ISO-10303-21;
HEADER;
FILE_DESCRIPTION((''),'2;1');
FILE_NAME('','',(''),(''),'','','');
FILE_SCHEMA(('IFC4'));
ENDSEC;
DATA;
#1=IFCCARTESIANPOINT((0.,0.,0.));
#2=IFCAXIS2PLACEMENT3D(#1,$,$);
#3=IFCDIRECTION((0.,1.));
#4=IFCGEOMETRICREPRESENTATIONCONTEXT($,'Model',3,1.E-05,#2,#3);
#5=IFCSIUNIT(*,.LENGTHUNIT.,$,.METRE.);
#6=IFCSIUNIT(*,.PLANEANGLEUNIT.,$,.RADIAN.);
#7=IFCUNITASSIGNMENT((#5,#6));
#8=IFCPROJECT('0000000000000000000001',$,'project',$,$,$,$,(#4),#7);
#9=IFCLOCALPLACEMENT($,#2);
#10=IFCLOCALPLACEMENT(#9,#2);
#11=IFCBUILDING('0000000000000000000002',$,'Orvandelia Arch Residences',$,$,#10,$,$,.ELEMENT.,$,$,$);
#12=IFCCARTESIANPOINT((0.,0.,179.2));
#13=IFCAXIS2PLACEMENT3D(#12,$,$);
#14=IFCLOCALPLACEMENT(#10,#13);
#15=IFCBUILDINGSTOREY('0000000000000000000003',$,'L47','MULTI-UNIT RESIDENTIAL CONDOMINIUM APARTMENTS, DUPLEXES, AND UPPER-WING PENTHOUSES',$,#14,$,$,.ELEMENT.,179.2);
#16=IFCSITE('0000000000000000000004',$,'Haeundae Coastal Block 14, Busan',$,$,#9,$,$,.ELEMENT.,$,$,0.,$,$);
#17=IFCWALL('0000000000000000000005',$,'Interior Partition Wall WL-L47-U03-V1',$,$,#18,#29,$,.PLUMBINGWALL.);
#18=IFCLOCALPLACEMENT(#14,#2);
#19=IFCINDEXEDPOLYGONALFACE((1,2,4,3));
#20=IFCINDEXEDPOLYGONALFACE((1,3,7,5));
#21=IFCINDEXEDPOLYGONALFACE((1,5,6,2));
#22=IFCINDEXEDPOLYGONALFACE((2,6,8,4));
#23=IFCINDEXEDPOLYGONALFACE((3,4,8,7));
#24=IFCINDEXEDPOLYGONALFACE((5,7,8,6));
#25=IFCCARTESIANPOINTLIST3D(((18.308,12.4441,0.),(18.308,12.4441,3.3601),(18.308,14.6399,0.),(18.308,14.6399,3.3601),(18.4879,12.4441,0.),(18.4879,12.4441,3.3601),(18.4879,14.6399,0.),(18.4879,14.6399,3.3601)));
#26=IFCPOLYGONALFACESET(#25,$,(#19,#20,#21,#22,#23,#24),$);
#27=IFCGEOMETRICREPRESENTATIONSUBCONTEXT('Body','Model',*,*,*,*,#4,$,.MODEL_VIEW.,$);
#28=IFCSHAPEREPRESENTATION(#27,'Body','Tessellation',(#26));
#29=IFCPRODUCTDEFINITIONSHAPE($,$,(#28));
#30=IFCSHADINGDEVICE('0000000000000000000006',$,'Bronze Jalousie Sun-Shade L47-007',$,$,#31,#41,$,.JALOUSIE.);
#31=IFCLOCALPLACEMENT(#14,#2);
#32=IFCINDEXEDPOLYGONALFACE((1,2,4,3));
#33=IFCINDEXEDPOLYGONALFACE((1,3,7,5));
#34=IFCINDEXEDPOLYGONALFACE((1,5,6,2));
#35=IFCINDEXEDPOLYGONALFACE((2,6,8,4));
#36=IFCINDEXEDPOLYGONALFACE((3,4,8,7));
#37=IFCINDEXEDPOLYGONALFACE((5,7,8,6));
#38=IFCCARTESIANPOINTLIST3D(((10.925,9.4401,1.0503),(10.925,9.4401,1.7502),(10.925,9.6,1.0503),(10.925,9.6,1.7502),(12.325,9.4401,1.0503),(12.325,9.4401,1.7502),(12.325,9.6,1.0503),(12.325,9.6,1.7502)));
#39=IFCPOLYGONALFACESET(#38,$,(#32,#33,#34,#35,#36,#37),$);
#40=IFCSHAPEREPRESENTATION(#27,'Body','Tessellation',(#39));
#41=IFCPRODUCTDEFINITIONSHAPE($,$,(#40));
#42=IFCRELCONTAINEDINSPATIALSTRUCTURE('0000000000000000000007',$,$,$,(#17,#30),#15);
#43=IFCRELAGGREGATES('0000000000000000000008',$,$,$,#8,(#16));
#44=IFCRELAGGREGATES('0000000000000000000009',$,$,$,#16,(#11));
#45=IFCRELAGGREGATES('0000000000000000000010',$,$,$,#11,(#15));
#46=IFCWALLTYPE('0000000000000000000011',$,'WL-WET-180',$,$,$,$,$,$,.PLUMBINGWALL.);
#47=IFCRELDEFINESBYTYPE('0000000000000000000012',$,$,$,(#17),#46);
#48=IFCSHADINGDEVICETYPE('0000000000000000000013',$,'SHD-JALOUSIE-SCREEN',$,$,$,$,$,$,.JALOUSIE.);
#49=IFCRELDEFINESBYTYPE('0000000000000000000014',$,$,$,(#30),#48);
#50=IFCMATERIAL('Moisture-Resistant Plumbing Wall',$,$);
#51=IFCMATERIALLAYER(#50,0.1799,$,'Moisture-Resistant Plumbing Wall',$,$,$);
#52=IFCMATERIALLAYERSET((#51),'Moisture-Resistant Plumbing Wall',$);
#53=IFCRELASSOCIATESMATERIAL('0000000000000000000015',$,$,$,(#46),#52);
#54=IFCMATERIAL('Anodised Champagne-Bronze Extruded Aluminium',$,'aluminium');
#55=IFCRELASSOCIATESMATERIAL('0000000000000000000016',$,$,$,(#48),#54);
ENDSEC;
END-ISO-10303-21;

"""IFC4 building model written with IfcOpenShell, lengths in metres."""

from ifc_helpers import new_model, si_unit, direction, frame, frame_2d, origin, origin_2d, place, context, subcontext, project, spatial, rectangle, extrude, material, layer, layer_set, type_object, element, save


model = new_model("IFC4")

# Units and contexts
model_context = context("Model", 3, precision=1e-05, world=origin(), true_north=direction((0.0, 1.0)))
body_context = subcontext(model_context, "Body", "Model", "MODEL_VIEW")
ifc_project = project(units=[si_unit("LENGTHUNIT", "METRE"), si_unit("PLANEANGLEUNIT", "RADIAN")], contexts=[model_context])

# Site, building, storey
site_placement = place(None, origin())
site = spatial("IfcSite", under=ifc_project, at=site_placement, Name="Haeundae Coastal Block 14, Busan", CompositionType="ELEMENT", RefElevation=0.0)
building_placement = place(site_placement, origin())
building = spatial("IfcBuilding", under=site, at=building_placement, Name="Orvandelia Arch Residences", CompositionType="ELEMENT")
storey_placement = place(building_placement, frame((0.0, 0.0, 179.2)))
storey = spatial("IfcBuildingStorey", under=building, at=storey_placement, Name="L47", Description="MULTI-UNIT RESIDENTIAL CONDOMINIUM APARTMENTS, DUPLEXES, AND UPPER-WING PENTHOUSES", CompositionType="ELEMENT", Elevation=179.2)

# Shared definitions
ifc_material_1 = material(Name="Moisture-Resistant Plumbing Wall")
ifc_layer_1 = layer(ifc_material_1, 0.1799, Name="Moisture-Resistant Plumbing Wall")
ifc_layer_set_1 = layer_set([ifc_layer_1], Name="Moisture-Resistant Plumbing Wall")
wall_type_1 = type_object("IfcWallType", Name="WL-WET-180", PredefinedType="PLUMBINGWALL", material=ifc_layer_set_1)

# Wall
wall_1_placement = place(storey_placement, frame((18.3979, 12.4441, 0.0), z_axis=(0.0, 0.0, 1.0), x_axis=(0.0, 1.0, 0.0)))
element("IfcWall", 1, at=wall_1_placement, inside=storey, type_object=wall_type_1, Name="Interior Partition Wall WL-L47-U03-V1", PredefinedType="PLUMBINGWALL", context=body_context, shape_type="SweptSolid", body=[
    extrude(rectangle(XDim=2.1958, YDim=0.1799, at=frame_2d((1.0979, 0.0))), origin(), (0.0, 0.0, 1.0), 3.3601),
])

# Shading device
ifc_material_2 = material(Name="Anodised Champagne-Bronze Extruded Aluminium", Category="aluminium")
shading_device_type = type_object("IfcShadingDeviceType", Name="SHD-JALOUSIE-SCREEN", PredefinedType="JALOUSIE", material=ifc_material_2)
shading_device_placement = place(storey_placement, frame((11.625, 9.52, 1.0503), z_axis=(0.0, 0.0, 1.0), x_axis=(-1.0, 0.0, 0.0)))
element("IfcShadingDevice", 2, at=shading_device_placement, inside=storey, type_object=shading_device_type, Name="Bronze Jalousie Sun-Shade L47-007", PredefinedType="JALOUSIE", context=body_context, shape_type="SweptSolid", body=[
    extrude(rectangle(XDim=1.3999, YDim=0.1599, at=origin_2d()), origin(), (0.0, 0.0, 1.0), 0.7),
])

save(model, "model.ifc")
